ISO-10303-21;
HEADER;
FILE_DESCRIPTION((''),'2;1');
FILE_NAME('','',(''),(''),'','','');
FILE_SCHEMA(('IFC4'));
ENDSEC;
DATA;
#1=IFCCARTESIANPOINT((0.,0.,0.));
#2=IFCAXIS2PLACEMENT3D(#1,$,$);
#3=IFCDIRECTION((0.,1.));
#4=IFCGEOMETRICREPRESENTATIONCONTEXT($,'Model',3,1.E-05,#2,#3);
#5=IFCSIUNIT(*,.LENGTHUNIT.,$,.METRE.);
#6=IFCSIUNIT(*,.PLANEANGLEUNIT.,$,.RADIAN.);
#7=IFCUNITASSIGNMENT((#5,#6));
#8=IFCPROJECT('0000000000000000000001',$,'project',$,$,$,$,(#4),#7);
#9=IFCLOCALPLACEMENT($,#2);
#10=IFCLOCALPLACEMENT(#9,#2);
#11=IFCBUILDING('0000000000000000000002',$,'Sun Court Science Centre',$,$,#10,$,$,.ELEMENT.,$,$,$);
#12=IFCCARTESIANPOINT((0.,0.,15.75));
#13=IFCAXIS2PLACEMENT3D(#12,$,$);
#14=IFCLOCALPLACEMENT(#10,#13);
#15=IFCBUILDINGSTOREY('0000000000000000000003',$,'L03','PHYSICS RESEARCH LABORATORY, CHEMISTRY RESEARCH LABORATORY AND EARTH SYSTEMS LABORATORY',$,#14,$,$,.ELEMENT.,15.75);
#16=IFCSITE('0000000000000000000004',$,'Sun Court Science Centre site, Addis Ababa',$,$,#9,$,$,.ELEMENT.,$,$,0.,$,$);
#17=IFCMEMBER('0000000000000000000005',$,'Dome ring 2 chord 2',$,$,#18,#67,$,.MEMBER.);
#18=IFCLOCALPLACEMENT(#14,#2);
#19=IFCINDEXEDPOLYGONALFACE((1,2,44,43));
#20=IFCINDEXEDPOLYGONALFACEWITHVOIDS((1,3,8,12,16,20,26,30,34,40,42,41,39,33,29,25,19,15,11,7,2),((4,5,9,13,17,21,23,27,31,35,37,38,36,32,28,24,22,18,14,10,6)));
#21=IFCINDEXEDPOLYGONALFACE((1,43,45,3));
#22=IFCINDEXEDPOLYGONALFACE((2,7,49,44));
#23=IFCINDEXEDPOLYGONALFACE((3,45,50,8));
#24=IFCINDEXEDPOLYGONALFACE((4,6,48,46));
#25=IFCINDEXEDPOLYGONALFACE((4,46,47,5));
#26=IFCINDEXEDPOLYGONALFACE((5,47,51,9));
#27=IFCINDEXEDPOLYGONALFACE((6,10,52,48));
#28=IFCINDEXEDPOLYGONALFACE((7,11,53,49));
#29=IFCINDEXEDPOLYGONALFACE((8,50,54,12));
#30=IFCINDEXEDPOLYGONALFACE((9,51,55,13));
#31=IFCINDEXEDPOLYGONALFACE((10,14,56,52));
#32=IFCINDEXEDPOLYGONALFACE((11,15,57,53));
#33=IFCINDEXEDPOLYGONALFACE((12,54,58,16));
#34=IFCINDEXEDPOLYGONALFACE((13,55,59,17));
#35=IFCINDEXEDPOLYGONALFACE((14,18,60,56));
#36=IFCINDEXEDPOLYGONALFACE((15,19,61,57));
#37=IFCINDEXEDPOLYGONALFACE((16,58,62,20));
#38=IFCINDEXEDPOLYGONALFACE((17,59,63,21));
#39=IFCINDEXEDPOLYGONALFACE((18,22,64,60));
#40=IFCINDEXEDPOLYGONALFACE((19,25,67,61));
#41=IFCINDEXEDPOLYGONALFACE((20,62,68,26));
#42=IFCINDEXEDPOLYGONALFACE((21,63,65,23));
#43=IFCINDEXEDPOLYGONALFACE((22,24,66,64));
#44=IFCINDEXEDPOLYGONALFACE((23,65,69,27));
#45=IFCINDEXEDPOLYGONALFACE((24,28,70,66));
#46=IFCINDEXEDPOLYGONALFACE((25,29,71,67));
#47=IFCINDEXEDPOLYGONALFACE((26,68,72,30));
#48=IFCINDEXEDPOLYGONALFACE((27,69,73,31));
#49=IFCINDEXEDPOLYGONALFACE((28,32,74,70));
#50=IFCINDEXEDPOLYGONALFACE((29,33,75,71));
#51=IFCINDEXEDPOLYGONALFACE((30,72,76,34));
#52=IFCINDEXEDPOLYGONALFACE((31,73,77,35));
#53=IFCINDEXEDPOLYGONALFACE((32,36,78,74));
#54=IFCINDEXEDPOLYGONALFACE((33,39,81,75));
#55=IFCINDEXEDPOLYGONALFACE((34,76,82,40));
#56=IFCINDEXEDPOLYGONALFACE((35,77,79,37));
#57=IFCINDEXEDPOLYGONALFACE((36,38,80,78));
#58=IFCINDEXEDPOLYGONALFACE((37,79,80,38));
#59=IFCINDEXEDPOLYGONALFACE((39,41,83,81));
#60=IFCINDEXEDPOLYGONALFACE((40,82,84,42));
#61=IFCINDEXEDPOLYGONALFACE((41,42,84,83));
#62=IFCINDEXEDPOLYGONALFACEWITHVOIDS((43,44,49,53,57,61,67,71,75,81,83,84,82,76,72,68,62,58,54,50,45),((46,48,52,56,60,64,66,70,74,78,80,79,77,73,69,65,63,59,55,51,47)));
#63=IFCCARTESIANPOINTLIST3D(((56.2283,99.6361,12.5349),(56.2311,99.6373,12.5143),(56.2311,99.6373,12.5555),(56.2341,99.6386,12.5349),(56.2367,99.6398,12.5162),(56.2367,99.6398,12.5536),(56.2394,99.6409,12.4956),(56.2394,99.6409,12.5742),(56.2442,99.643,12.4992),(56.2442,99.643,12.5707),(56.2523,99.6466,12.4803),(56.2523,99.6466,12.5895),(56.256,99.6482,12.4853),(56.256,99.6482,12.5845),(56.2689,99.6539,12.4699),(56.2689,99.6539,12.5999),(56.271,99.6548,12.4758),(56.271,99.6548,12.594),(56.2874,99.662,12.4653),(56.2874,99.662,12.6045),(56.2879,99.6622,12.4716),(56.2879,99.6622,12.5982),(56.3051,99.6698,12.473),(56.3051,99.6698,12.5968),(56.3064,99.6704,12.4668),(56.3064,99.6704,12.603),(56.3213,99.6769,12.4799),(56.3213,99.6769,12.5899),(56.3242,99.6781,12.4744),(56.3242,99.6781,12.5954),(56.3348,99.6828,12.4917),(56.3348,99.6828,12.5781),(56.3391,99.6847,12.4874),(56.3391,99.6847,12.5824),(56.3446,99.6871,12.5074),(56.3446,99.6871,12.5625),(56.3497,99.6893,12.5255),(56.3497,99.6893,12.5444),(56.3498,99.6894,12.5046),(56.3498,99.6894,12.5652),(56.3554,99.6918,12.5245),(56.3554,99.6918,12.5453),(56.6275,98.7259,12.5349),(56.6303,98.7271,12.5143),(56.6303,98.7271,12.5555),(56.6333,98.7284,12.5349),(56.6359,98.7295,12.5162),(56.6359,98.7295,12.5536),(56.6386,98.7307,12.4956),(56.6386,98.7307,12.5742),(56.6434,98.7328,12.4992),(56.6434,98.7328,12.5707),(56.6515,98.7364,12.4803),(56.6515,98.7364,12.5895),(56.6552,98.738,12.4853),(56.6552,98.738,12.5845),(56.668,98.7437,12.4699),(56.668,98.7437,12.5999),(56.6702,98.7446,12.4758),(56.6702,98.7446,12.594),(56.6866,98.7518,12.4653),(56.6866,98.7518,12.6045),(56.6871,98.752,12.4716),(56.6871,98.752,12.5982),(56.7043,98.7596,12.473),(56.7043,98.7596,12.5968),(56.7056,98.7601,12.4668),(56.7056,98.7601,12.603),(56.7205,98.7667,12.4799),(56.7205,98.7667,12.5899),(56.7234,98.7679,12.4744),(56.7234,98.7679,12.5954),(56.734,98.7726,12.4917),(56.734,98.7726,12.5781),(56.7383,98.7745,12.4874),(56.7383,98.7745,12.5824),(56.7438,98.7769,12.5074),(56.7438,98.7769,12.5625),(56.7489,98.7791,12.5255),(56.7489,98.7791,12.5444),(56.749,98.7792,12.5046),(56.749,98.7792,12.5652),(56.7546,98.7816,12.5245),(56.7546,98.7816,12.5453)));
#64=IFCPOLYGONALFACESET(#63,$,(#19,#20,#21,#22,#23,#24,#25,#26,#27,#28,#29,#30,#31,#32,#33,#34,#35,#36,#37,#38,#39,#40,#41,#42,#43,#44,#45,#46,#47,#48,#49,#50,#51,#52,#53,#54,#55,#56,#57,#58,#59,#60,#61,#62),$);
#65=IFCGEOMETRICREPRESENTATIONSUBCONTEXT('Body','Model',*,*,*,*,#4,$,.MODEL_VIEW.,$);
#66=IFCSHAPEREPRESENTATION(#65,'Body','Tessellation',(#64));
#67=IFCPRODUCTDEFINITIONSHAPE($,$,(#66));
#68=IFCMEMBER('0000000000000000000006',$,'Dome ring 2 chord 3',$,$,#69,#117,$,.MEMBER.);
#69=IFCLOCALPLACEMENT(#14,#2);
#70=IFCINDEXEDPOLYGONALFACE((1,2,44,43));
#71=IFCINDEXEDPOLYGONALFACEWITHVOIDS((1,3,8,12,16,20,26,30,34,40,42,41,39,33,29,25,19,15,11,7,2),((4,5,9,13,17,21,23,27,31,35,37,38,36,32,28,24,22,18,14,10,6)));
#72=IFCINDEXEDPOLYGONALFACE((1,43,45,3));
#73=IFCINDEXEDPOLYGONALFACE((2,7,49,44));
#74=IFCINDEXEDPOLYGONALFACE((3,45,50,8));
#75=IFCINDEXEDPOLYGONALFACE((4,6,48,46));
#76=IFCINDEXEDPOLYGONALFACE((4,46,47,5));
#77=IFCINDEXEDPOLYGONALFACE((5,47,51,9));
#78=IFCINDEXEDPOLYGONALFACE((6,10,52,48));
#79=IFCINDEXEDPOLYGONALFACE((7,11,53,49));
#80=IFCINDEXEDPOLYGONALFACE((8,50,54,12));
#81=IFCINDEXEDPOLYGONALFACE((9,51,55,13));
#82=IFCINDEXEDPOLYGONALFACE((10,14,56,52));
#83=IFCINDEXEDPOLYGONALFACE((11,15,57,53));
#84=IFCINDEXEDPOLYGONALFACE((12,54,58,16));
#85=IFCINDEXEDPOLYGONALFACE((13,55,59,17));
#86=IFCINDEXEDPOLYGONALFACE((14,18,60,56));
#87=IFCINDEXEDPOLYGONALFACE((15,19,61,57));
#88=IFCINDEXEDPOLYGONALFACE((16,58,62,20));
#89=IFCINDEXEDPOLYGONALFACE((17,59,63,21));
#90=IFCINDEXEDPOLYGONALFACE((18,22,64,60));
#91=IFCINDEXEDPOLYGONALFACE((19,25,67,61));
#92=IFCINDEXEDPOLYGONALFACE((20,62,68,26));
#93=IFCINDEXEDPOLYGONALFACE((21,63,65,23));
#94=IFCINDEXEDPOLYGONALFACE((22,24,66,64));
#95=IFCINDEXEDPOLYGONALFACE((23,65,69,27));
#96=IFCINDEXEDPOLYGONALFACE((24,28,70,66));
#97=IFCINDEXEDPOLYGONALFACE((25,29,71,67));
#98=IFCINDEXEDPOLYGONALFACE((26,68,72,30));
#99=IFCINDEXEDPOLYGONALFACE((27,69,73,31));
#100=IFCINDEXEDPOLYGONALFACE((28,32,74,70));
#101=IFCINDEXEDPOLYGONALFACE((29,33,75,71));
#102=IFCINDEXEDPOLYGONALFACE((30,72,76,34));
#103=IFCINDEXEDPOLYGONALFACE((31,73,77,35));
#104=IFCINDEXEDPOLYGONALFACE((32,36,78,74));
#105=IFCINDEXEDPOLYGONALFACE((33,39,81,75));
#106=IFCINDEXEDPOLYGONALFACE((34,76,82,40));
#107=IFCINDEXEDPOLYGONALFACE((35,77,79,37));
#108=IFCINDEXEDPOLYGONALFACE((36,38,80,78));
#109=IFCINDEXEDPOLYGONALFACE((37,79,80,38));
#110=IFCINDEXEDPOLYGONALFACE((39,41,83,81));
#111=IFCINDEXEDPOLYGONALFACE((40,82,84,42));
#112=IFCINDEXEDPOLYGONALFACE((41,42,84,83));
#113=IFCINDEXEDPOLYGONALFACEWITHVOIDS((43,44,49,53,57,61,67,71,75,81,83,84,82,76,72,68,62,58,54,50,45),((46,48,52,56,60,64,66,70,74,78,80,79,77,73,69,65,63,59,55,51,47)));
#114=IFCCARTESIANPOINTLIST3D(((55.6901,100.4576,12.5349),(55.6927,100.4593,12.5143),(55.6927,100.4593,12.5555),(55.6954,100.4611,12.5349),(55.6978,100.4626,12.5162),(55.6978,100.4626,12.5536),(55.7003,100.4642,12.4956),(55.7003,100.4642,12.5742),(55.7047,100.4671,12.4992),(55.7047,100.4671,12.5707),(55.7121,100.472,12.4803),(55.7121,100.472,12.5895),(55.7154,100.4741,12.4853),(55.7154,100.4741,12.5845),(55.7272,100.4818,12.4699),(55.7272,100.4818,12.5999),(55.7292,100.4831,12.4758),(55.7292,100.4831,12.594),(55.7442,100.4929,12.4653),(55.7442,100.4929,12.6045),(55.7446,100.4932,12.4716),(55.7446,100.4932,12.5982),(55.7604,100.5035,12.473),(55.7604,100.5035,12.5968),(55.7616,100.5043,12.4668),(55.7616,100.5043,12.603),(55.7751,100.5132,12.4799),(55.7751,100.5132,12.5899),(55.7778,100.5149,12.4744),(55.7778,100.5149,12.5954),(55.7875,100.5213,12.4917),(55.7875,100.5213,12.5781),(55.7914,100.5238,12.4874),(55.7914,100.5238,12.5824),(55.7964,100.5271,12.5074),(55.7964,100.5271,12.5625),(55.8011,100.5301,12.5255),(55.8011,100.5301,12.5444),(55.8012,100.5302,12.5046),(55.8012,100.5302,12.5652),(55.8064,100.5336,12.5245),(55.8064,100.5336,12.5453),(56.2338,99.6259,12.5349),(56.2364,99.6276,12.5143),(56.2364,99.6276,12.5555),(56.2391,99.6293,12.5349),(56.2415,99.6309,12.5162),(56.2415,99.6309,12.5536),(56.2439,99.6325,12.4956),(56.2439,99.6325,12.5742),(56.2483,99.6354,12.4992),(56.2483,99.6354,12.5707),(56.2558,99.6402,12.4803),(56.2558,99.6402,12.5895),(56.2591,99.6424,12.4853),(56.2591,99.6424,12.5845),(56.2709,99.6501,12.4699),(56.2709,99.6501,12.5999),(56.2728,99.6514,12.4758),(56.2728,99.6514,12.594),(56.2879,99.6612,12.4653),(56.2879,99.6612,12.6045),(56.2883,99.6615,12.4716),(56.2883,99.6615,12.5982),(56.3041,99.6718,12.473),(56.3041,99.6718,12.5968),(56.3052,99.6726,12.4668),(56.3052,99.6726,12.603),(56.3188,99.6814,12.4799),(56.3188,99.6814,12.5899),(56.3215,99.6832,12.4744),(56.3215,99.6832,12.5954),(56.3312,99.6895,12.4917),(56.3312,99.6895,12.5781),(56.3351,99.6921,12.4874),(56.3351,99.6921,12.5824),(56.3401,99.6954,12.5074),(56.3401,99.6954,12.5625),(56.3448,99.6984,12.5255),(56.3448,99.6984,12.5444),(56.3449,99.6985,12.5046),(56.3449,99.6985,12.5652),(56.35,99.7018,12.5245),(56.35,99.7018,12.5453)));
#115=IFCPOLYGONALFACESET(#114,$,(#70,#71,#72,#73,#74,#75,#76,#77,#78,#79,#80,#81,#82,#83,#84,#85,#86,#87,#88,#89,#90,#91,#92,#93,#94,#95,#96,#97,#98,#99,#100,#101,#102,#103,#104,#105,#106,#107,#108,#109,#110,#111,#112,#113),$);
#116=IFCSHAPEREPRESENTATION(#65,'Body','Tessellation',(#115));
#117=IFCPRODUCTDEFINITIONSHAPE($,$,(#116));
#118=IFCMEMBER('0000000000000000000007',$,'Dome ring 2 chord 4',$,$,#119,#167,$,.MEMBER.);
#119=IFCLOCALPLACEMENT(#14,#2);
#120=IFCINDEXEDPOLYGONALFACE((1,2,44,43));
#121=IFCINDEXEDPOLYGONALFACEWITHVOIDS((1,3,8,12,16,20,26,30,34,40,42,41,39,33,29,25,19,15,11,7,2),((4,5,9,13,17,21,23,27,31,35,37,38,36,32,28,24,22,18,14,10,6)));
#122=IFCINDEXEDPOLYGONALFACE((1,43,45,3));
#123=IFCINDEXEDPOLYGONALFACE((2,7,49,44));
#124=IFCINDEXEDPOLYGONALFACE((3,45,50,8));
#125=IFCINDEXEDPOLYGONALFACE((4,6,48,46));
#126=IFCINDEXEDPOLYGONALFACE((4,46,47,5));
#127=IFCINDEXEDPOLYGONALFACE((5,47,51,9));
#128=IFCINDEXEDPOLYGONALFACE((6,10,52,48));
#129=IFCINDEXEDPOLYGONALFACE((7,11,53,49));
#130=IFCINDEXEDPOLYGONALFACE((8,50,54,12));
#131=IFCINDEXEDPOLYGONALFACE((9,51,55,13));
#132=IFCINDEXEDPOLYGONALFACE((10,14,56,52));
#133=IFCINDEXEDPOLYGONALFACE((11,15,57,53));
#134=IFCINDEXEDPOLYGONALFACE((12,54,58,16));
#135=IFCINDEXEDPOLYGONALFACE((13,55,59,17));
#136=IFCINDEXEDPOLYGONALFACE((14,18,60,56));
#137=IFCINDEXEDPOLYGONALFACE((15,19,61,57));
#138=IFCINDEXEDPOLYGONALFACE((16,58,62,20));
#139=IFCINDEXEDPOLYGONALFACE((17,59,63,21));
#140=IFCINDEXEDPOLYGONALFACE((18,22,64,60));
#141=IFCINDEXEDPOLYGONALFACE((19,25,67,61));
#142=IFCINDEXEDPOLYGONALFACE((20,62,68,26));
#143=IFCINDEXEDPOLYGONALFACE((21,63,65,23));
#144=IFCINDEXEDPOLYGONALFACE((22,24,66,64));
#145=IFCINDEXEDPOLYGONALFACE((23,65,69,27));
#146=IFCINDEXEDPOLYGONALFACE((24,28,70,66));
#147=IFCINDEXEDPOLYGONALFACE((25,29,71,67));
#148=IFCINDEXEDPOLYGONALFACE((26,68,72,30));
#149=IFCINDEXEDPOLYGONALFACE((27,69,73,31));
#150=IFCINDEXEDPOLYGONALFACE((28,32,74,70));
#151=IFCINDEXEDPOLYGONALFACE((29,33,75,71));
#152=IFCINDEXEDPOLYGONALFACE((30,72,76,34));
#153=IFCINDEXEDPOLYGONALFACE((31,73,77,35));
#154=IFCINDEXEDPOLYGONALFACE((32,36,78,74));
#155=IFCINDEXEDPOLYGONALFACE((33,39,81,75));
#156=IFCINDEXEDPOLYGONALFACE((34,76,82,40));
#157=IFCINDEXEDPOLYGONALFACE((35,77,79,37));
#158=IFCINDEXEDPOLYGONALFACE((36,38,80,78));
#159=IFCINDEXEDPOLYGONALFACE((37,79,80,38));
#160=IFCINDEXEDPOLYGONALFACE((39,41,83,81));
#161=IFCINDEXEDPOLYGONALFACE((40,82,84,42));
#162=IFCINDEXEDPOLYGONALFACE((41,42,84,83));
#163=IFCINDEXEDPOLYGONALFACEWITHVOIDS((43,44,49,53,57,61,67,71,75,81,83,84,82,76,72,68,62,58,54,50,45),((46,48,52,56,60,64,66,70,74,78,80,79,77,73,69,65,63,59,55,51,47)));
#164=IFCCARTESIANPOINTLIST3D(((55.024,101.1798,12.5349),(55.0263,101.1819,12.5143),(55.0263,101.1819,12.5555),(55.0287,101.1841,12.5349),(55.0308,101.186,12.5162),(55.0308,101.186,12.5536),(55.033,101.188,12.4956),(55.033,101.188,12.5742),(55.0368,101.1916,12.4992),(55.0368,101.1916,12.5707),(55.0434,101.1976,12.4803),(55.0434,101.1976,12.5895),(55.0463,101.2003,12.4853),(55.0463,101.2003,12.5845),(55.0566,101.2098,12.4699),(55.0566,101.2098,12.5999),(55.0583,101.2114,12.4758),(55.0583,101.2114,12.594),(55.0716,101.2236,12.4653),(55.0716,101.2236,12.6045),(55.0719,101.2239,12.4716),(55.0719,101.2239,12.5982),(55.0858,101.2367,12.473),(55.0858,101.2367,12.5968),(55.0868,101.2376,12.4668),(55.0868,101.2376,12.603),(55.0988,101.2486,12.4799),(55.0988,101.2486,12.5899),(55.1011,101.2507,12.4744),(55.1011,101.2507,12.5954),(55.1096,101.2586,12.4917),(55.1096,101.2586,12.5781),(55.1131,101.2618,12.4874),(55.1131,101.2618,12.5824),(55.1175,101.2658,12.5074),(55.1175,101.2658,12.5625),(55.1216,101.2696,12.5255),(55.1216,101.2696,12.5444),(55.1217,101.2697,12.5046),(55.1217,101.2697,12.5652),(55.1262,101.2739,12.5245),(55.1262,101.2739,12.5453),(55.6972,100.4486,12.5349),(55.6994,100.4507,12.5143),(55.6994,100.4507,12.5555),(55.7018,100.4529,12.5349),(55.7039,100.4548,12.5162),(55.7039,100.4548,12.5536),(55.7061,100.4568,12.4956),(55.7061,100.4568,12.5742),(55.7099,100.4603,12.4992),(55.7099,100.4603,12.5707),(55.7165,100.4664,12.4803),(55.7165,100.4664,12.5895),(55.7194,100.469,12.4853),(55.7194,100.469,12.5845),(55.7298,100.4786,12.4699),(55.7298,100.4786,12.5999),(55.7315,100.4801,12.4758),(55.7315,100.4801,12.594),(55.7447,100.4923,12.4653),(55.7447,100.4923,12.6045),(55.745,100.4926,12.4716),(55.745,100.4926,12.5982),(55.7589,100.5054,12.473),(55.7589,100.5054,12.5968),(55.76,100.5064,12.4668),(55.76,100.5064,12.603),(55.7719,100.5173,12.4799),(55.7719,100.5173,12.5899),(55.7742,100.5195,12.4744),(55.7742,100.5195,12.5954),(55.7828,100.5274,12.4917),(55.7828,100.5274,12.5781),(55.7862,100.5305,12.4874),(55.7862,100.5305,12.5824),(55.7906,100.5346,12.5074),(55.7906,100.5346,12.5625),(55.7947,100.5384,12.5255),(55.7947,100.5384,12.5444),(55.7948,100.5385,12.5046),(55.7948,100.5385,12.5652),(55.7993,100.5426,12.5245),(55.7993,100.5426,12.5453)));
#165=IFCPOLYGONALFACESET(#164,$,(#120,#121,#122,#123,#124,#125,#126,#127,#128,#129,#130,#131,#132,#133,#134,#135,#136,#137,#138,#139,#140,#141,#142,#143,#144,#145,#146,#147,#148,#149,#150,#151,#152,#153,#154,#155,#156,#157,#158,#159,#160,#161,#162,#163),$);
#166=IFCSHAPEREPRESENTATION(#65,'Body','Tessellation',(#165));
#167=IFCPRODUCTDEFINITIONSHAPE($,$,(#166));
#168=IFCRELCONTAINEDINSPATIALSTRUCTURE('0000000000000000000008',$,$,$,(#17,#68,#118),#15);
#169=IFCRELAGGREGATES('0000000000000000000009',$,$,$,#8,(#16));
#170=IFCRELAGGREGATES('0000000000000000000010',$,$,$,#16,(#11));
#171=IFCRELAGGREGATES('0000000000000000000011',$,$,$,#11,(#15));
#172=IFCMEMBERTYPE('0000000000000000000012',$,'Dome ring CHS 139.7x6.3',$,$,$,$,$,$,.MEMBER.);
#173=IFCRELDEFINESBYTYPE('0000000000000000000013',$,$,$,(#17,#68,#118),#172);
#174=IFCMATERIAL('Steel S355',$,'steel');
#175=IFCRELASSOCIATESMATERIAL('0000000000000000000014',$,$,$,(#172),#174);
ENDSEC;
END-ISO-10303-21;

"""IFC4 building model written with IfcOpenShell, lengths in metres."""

from ifc_helpers import new_model, si_unit, direction, frame, origin, origin_2d, place, context, subcontext, project, spatial, hollow_circle, extrude, material, material_profile, profile_set, type_object, element, save


model = new_model("IFC4")

# Units and contexts
model_context = context("Model", 3, precision=1e-05, world=origin(), true_north=direction((0.0, 1.0)))
body_context = subcontext(model_context, "Body", "Model", "MODEL_VIEW")
ifc_project = project(units=[si_unit("LENGTHUNIT", "METRE"), si_unit("PLANEANGLEUNIT", "RADIAN")], contexts=[model_context])

# Site, building, storey
site_placement = place(None, origin())
site = spatial("IfcSite", under=ifc_project, at=site_placement, Name="Sun Court Science Centre site, Addis Ababa", CompositionType="ELEMENT", RefElevation=0.0)
building_placement = place(site_placement, origin())
building = spatial("IfcBuilding", under=site, at=building_placement, Name="Sun Court Science Centre", CompositionType="ELEMENT")
storey_placement = place(building_placement, frame((0.0, 0.0, 15.75)))
storey = spatial("IfcBuildingStorey", under=building, at=storey_placement, Name="L03", Description="PHYSICS RESEARCH LABORATORY, CHEMISTRY RESEARCH LABORATORY AND EARTH SYSTEMS LABORATORY", CompositionType="ELEMENT", Elevation=15.75)

# Members
ifc_material_1 = material(Name="Steel S355", Category="steel")
ifc_material_profile_1 = material_profile(ifc_material_1, hollow_circle(Radius=0.0698, WallThickness=0.0063, at=origin_2d()), Name="CHS 139.7x6.3")
ifc_profile_set_1 = profile_set([ifc_material_profile_1], Name="Steel S355")
member_type_1 = type_object("IfcMemberType", Name="Dome ring CHS 139.7x6.3", PredefinedType="MEMBER", material=ifc_profile_set_1)
member_1_placement = place(storey_placement, frame((56.6914, 98.7539, 12.5349), z_axis=(-0.401643, 0.915796, 0.0), x_axis=(-0.915796, -0.401643, 0.0)))
element("IfcMember", 1, at=member_1_placement, inside=storey, type_object=member_type_1, Name="Dome ring 2 chord 2", PredefinedType="MEMBER", context=body_context, shape_type="SweptSolid", body=[
    extrude(hollow_circle(Radius=0.0698, WallThickness=0.0063, at=origin_2d()), origin(), (0.0, 0.0, 1.0), 0.9939),
])
member_2_placement = place(storey_placement, frame((56.2922, 99.6641, 12.5349), z_axis=(-0.547137, 0.837043, 0.0), x_axis=(-0.837043, -0.547137, 0.0)))
element("IfcMember", 2, at=member_2_placement, inside=storey, type_object=member_type_1, Name="Dome ring 2 chord 3", PredefinedType="MEMBER", context=body_context, shape_type="SweptSolid", body=[
    extrude(hollow_circle(Radius=0.0698, WallThickness=0.0063, at=origin_2d()), origin(), (0.0, 0.0, 1.0), 0.9937),
])
for number, where, z_axis, x_axis, name in (
    (3, (55.7485, 100.4958, 12.5349), (-0.677269, 0.735735, 0.0), (-0.735735, -0.677269, 0.0), "Dome ring 2 chord 4"),
):
    element("IfcMember", number, at=place(storey_placement, frame(where, z_axis=z_axis, x_axis=x_axis)), inside=storey, type_object=member_type_1, Name=name, PredefinedType="MEMBER", context=body_context, shape_type="SweptSolid", body=[
        extrude(hollow_circle(Radius=0.0698, WallThickness=0.0063, at=origin_2d()), origin(), (0.0, 0.0, 1.0), 0.9939),
    ])

save(model, "model.ifc")
